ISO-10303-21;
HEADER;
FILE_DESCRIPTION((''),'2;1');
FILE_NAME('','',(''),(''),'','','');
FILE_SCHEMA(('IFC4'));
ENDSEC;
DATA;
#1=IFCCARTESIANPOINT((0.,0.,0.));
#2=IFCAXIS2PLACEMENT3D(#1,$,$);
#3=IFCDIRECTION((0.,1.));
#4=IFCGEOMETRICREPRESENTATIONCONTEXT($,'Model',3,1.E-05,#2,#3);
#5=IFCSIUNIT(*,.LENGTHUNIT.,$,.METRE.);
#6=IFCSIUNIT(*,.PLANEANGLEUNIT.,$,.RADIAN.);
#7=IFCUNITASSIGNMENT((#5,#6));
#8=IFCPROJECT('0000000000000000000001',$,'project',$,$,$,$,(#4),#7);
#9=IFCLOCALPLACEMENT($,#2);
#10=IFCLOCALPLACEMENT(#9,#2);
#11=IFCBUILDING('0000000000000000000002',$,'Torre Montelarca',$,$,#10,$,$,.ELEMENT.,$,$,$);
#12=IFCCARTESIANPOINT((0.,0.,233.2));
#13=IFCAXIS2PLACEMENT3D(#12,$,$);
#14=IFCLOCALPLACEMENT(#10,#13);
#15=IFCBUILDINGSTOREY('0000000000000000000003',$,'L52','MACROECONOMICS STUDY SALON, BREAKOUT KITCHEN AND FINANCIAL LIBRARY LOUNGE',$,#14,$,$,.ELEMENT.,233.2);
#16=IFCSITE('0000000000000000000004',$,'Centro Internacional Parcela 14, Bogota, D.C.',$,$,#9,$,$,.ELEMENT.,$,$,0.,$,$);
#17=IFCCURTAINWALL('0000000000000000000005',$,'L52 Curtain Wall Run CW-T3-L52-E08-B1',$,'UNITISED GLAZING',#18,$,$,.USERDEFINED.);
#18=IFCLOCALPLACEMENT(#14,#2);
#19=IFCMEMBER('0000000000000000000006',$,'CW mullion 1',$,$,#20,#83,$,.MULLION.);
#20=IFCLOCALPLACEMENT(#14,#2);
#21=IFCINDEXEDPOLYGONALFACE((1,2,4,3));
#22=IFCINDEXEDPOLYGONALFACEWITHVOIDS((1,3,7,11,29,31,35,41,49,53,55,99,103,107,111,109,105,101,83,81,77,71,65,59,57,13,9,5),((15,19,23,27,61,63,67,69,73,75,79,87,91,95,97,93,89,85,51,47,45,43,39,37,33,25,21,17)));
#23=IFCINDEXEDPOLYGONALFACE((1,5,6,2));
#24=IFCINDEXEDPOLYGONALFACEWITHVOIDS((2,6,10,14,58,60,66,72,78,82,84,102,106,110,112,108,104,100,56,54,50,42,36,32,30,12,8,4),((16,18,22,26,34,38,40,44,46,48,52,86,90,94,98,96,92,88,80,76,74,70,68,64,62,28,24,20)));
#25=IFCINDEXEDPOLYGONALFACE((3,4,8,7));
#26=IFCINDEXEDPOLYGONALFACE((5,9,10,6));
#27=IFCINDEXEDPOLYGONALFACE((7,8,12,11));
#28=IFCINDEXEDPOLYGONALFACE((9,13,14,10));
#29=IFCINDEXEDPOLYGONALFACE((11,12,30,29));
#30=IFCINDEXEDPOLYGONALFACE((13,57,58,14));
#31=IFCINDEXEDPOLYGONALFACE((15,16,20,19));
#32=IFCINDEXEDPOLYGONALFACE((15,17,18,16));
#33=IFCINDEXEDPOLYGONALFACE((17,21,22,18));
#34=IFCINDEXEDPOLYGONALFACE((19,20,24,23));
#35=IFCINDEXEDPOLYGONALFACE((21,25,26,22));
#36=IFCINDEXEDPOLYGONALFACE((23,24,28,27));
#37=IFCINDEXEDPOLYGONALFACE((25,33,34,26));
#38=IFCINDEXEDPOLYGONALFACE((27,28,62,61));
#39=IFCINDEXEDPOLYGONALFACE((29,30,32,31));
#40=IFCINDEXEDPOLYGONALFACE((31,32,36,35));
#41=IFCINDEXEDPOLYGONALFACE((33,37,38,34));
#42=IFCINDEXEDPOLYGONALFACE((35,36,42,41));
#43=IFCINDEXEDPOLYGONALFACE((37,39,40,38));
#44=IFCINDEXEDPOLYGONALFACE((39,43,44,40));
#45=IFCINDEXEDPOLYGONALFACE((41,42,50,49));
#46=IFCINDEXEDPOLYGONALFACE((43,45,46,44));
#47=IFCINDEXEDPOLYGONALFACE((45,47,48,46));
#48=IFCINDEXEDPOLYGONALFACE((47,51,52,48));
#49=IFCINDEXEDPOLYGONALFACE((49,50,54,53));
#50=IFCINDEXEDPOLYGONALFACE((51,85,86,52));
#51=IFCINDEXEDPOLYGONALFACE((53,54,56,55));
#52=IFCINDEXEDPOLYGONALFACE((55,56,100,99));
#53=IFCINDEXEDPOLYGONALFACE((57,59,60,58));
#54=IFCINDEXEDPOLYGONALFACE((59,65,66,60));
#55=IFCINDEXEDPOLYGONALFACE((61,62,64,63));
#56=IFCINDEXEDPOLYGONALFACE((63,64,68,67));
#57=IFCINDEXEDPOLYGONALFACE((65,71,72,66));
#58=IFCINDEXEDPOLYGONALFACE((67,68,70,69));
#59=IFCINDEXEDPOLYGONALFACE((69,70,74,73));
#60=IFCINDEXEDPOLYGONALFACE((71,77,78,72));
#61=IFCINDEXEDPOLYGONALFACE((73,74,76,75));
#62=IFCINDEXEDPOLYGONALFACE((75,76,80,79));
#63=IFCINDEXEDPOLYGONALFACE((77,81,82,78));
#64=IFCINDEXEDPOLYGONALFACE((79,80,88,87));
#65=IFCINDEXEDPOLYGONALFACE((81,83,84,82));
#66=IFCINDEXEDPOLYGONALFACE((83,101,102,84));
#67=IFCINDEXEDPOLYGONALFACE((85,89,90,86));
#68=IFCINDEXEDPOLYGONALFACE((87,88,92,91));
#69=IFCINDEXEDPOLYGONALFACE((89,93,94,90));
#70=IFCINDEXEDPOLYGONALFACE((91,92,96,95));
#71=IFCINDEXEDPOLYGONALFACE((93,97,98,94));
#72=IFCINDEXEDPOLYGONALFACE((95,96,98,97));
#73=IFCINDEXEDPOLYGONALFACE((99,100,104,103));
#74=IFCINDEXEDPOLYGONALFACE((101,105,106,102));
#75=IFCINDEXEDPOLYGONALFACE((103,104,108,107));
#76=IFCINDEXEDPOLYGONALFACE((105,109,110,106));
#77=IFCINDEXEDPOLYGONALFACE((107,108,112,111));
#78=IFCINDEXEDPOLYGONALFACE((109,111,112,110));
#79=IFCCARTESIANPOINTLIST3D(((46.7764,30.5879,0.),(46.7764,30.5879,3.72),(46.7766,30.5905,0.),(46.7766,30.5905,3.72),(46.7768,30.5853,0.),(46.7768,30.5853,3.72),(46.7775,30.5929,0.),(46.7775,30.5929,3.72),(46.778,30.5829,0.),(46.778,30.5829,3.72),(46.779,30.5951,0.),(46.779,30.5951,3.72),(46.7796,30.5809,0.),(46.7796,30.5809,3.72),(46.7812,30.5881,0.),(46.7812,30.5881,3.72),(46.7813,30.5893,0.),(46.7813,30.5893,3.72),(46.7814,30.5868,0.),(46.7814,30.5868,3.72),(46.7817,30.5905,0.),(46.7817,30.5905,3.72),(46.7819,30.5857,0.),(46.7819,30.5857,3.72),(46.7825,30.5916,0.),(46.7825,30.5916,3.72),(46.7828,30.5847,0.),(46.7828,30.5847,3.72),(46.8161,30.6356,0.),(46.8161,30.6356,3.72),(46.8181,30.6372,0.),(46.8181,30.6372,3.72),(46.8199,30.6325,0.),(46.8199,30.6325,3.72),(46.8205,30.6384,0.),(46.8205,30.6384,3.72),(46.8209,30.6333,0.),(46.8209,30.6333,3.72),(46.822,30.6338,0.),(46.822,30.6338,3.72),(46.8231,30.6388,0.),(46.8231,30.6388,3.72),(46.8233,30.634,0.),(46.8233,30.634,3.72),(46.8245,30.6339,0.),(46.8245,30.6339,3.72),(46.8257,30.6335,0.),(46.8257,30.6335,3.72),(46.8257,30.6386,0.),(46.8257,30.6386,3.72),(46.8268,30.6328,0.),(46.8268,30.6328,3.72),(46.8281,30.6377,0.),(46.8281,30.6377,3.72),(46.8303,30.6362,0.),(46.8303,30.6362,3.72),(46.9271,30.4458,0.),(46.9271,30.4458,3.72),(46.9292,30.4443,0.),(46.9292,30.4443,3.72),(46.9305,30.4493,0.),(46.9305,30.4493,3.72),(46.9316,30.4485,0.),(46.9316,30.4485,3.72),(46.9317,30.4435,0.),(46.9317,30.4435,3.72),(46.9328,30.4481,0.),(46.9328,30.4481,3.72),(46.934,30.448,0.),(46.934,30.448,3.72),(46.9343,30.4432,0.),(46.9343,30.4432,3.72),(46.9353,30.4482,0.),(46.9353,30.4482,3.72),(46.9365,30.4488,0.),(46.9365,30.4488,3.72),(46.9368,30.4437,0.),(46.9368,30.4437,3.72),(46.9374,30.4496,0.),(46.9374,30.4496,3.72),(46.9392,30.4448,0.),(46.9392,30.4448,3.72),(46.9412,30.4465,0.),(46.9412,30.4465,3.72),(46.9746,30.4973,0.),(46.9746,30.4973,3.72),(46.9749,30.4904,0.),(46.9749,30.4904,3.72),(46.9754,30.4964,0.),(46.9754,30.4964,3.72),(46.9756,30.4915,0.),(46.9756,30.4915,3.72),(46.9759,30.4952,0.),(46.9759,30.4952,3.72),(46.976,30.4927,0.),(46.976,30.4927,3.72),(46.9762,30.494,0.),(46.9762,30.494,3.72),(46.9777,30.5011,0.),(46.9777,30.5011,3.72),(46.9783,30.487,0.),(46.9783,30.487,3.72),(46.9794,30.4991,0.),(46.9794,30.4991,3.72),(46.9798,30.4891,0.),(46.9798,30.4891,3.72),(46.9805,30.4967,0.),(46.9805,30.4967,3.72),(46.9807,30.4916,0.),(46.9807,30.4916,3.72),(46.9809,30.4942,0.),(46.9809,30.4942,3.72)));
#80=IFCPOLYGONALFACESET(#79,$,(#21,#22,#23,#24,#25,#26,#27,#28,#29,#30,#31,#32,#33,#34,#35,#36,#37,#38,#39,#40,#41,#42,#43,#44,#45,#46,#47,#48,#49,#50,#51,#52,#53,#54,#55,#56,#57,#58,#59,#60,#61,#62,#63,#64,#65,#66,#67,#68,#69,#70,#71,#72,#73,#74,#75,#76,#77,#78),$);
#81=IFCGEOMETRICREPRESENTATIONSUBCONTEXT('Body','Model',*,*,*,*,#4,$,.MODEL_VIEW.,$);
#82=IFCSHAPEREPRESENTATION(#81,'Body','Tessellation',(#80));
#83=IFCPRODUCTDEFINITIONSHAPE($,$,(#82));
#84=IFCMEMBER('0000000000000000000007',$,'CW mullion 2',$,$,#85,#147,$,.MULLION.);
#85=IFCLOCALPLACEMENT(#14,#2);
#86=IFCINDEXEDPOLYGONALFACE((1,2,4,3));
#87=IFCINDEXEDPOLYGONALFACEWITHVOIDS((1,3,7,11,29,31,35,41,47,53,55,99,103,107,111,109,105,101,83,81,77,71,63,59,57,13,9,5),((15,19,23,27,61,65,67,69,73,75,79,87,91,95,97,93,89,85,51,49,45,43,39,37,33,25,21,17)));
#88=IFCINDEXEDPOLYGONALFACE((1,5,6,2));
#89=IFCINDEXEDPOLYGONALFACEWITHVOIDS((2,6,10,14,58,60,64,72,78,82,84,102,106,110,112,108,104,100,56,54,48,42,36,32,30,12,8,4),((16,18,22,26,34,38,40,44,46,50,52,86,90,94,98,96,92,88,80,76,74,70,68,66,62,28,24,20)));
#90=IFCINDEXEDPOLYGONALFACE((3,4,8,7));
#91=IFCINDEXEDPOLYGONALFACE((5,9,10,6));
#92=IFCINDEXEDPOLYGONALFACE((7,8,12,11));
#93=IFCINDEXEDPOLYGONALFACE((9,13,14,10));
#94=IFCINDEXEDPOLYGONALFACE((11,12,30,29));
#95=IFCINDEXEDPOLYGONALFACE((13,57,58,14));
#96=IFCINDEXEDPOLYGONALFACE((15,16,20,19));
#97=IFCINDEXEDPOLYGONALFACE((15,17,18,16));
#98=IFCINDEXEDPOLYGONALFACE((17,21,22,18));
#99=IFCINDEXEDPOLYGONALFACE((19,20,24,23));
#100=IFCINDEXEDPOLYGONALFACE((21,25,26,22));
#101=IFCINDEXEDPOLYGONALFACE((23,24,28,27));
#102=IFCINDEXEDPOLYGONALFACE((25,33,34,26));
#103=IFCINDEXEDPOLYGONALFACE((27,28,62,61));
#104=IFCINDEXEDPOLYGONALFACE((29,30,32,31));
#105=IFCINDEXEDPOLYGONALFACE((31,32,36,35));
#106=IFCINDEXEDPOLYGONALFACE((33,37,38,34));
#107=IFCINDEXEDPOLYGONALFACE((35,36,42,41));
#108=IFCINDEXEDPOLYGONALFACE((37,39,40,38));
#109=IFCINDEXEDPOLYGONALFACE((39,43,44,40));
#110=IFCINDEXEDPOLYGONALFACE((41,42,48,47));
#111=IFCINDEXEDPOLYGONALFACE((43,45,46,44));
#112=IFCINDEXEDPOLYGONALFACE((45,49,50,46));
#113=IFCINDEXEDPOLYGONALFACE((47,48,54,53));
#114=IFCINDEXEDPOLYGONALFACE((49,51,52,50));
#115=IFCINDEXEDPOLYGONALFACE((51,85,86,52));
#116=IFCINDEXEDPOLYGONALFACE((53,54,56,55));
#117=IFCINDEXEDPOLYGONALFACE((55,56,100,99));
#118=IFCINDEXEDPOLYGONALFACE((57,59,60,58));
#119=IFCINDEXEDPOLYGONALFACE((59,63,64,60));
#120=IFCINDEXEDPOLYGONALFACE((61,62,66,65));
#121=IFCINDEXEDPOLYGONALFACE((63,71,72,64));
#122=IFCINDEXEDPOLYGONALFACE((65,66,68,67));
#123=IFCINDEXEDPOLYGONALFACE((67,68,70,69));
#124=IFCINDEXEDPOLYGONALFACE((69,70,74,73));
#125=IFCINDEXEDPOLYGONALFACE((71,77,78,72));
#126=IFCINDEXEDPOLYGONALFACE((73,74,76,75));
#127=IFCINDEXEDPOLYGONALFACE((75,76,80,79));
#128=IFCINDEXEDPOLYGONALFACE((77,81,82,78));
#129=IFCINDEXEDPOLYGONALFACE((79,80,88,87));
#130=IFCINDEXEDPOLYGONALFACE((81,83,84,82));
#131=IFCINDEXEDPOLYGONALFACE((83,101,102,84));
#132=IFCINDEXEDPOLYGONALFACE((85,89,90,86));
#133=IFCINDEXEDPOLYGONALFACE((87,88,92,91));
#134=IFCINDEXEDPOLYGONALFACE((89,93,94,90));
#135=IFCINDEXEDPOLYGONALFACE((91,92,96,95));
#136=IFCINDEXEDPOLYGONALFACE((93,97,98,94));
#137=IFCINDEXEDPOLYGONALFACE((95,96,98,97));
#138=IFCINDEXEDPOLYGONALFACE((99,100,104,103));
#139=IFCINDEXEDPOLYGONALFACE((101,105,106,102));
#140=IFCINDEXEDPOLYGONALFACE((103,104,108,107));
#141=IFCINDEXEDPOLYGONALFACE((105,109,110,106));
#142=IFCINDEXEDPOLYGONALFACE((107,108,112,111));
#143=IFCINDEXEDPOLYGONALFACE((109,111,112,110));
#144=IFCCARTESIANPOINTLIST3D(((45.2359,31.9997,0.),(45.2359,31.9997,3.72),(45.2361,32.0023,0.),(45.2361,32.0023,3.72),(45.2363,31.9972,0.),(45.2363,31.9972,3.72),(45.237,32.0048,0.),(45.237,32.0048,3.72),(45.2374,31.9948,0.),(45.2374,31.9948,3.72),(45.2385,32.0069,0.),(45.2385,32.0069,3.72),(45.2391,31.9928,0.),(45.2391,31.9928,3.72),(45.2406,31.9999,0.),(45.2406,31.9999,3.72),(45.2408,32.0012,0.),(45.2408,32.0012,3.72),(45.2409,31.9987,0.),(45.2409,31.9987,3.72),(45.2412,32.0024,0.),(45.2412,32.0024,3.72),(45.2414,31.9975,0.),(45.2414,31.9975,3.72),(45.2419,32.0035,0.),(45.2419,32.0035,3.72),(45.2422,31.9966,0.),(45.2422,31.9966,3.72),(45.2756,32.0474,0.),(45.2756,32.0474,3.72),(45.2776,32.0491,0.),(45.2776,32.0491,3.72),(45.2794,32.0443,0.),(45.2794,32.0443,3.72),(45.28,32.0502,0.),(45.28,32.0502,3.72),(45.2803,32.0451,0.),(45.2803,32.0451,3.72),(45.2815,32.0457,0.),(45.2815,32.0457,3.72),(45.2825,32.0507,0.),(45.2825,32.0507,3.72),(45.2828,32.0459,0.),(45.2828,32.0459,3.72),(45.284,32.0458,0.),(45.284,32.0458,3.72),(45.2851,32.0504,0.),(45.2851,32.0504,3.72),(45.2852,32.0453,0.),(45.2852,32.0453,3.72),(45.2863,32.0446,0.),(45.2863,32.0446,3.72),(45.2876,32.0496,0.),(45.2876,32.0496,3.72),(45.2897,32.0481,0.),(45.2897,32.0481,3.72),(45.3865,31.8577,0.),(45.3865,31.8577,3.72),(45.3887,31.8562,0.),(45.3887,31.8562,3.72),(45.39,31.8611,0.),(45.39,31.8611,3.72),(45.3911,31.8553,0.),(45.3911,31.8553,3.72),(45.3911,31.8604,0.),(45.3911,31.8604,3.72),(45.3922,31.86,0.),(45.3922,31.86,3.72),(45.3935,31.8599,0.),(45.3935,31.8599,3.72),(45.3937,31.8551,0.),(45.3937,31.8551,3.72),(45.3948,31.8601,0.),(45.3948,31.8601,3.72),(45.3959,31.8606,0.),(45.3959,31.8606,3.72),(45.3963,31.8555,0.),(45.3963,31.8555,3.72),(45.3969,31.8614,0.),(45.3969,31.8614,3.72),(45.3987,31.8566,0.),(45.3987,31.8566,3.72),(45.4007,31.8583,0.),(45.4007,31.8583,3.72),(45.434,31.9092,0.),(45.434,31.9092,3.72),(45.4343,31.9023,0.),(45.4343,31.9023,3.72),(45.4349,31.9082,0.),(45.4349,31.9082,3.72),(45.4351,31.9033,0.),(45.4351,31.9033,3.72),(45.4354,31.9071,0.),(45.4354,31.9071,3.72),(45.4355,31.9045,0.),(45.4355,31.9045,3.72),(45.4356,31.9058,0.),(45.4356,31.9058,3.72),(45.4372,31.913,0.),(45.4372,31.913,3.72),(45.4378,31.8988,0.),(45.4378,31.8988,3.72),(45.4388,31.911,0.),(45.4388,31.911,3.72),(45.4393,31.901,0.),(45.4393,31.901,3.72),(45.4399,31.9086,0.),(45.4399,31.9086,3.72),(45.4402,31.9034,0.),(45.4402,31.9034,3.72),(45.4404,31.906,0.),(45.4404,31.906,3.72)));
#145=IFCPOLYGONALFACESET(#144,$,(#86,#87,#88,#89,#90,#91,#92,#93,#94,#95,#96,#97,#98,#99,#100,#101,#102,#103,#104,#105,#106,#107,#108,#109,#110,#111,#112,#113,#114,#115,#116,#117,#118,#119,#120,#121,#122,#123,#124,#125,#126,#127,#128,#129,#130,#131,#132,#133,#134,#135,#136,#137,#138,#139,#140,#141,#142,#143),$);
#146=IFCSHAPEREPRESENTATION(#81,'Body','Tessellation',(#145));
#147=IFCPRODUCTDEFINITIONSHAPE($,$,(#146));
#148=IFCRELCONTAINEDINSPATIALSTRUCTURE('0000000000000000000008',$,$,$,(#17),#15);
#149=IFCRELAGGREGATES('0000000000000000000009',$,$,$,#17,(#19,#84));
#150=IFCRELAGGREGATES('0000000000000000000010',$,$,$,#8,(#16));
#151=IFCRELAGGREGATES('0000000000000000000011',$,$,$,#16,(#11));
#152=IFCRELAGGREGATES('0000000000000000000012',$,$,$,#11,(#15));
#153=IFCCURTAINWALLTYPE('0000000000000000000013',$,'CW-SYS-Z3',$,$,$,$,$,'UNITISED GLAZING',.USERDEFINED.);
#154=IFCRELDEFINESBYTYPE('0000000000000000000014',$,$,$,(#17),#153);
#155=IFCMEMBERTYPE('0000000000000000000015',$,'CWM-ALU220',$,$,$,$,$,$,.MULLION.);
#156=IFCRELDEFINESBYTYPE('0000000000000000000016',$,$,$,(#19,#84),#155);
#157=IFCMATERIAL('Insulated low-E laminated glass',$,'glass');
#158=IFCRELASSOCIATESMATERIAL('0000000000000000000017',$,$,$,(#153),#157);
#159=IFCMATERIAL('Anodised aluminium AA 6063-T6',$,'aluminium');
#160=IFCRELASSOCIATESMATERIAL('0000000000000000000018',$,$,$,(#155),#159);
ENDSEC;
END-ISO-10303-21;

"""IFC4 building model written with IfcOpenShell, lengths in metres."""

from ifc_helpers import new_model, si_unit, direction, frame, origin, origin_2d, place, context, subcontext, project, spatial, hollow_rectangle, extrude, source, transform, mapped, material, material_profile, profile_set, type_object, element, aggregate, save


model = new_model("IFC4")

# Units and contexts
model_context = context("Model", 3, precision=1e-05, world=origin(), true_north=direction((0.0, 1.0)))
body_context = subcontext(model_context, "Body", "Model", "MODEL_VIEW")
ifc_project = project(units=[si_unit("LENGTHUNIT", "METRE"), si_unit("PLANEANGLEUNIT", "RADIAN")], contexts=[model_context])

# Site, building, storey
site_placement = place(None, origin())
site = spatial("IfcSite", under=ifc_project, at=site_placement, Name="Centro Internacional Parcela 14, Bogota, D.C.", CompositionType="ELEMENT", RefElevation=0.0)
building_placement = place(site_placement, origin())
building = spatial("IfcBuilding", under=site, at=building_placement, Name="Torre Montelarca", CompositionType="ELEMENT")
storey_placement = place(building_placement, frame((0.0, 0.0, 233.2)))
storey = spatial("IfcBuildingStorey", under=building, at=storey_placement, Name="L52", Description="MACROECONOMICS STUDY SALON, BREAKOUT KITCHEN AND FINANCIAL LIBRARY LOUNGE", CompositionType="ELEMENT", Elevation=233.2)

# Curtain wall, members
ifc_material_1 = material(Name="Insulated low-E laminated glass", Category="glass")
curtain_wall_type = type_object("IfcCurtainWallType", Name="CW-SYS-Z3", ElementType="UNITISED GLAZING", PredefinedType="USERDEFINED", material=ifc_material_1)
ifc_material_2 = material(Name="Anodised aluminium AA 6063-T6", Category="aluminium")
curtain_wall_1_placement = place(storey_placement, origin())
curtain_wall_1 = element("IfcCurtainWall", 1, at=curtain_wall_1_placement, inside=storey, type_object=curtain_wall_type, Name="L52 Curtain Wall Run CW-T3-L52-E08-B1", ObjectType="UNITISED GLAZING", PredefinedType="USERDEFINED")
ifc_material_profile_1 = material_profile(ifc_material_2, hollow_rectangle(XDim=0.075, YDim=0.22, WallThickness=0.0049, InnerFilletRadius=0.0049, OuterFilletRadius=0.01, at=origin_2d()), Name="ALU75X220X5", Category="aluminium")
ifc_profile_set_1 = profile_set([ifc_material_profile_1], Name="Anodised aluminium AA 6063-T6")
member_type_1 = type_object("IfcMemberType", Name="CWM-ALU220", PredefinedType="MULLION", material=ifc_profile_set_1)
shared_shape_1 = source(origin(), body_context, "Body", "SweptSolid", [
    extrude(hollow_rectangle(XDim=0.075, YDim=0.22, WallThickness=0.0049, InnerFilletRadius=0.0049, OuterFilletRadius=0.01, at=origin_2d()), origin(), (0.0, 0.0, 1.0), 3.72),
])
member_1_placement = place(storey_placement, frame((46.8787, 30.541, 0.0), z_axis=(0.0, 0.0, 1.0), x_axis=(-0.675582, -0.737285, 0.0)))
member_1 = element("IfcMember", 2, at=member_1_placement, type_object=member_type_1, Name="CW mullion 1", PredefinedType="MULLION", context=body_context, shape_type="MappedRepresentation", body=[
    mapped(shared_shape_1, transform((0.0, 0.0, 0.0), scale=1.0)),
])
member_2_placement = place(storey_placement, frame((45.3381, 31.9529, 0.0), z_axis=(0.0, 0.0, 1.0), x_axis=(-0.675582, -0.737285, 0.0)))
member_2 = element("IfcMember", 3, at=member_2_placement, type_object=member_type_1, Name="CW mullion 2", PredefinedType="MULLION", context=body_context, shape_type="MappedRepresentation", body=[
    mapped(shared_shape_1, transform((0.0, 0.0, 0.0), scale=1.0)),
])

aggregate(curtain_wall_1, [member_1, member_2])

save(model, "model.ifc")
